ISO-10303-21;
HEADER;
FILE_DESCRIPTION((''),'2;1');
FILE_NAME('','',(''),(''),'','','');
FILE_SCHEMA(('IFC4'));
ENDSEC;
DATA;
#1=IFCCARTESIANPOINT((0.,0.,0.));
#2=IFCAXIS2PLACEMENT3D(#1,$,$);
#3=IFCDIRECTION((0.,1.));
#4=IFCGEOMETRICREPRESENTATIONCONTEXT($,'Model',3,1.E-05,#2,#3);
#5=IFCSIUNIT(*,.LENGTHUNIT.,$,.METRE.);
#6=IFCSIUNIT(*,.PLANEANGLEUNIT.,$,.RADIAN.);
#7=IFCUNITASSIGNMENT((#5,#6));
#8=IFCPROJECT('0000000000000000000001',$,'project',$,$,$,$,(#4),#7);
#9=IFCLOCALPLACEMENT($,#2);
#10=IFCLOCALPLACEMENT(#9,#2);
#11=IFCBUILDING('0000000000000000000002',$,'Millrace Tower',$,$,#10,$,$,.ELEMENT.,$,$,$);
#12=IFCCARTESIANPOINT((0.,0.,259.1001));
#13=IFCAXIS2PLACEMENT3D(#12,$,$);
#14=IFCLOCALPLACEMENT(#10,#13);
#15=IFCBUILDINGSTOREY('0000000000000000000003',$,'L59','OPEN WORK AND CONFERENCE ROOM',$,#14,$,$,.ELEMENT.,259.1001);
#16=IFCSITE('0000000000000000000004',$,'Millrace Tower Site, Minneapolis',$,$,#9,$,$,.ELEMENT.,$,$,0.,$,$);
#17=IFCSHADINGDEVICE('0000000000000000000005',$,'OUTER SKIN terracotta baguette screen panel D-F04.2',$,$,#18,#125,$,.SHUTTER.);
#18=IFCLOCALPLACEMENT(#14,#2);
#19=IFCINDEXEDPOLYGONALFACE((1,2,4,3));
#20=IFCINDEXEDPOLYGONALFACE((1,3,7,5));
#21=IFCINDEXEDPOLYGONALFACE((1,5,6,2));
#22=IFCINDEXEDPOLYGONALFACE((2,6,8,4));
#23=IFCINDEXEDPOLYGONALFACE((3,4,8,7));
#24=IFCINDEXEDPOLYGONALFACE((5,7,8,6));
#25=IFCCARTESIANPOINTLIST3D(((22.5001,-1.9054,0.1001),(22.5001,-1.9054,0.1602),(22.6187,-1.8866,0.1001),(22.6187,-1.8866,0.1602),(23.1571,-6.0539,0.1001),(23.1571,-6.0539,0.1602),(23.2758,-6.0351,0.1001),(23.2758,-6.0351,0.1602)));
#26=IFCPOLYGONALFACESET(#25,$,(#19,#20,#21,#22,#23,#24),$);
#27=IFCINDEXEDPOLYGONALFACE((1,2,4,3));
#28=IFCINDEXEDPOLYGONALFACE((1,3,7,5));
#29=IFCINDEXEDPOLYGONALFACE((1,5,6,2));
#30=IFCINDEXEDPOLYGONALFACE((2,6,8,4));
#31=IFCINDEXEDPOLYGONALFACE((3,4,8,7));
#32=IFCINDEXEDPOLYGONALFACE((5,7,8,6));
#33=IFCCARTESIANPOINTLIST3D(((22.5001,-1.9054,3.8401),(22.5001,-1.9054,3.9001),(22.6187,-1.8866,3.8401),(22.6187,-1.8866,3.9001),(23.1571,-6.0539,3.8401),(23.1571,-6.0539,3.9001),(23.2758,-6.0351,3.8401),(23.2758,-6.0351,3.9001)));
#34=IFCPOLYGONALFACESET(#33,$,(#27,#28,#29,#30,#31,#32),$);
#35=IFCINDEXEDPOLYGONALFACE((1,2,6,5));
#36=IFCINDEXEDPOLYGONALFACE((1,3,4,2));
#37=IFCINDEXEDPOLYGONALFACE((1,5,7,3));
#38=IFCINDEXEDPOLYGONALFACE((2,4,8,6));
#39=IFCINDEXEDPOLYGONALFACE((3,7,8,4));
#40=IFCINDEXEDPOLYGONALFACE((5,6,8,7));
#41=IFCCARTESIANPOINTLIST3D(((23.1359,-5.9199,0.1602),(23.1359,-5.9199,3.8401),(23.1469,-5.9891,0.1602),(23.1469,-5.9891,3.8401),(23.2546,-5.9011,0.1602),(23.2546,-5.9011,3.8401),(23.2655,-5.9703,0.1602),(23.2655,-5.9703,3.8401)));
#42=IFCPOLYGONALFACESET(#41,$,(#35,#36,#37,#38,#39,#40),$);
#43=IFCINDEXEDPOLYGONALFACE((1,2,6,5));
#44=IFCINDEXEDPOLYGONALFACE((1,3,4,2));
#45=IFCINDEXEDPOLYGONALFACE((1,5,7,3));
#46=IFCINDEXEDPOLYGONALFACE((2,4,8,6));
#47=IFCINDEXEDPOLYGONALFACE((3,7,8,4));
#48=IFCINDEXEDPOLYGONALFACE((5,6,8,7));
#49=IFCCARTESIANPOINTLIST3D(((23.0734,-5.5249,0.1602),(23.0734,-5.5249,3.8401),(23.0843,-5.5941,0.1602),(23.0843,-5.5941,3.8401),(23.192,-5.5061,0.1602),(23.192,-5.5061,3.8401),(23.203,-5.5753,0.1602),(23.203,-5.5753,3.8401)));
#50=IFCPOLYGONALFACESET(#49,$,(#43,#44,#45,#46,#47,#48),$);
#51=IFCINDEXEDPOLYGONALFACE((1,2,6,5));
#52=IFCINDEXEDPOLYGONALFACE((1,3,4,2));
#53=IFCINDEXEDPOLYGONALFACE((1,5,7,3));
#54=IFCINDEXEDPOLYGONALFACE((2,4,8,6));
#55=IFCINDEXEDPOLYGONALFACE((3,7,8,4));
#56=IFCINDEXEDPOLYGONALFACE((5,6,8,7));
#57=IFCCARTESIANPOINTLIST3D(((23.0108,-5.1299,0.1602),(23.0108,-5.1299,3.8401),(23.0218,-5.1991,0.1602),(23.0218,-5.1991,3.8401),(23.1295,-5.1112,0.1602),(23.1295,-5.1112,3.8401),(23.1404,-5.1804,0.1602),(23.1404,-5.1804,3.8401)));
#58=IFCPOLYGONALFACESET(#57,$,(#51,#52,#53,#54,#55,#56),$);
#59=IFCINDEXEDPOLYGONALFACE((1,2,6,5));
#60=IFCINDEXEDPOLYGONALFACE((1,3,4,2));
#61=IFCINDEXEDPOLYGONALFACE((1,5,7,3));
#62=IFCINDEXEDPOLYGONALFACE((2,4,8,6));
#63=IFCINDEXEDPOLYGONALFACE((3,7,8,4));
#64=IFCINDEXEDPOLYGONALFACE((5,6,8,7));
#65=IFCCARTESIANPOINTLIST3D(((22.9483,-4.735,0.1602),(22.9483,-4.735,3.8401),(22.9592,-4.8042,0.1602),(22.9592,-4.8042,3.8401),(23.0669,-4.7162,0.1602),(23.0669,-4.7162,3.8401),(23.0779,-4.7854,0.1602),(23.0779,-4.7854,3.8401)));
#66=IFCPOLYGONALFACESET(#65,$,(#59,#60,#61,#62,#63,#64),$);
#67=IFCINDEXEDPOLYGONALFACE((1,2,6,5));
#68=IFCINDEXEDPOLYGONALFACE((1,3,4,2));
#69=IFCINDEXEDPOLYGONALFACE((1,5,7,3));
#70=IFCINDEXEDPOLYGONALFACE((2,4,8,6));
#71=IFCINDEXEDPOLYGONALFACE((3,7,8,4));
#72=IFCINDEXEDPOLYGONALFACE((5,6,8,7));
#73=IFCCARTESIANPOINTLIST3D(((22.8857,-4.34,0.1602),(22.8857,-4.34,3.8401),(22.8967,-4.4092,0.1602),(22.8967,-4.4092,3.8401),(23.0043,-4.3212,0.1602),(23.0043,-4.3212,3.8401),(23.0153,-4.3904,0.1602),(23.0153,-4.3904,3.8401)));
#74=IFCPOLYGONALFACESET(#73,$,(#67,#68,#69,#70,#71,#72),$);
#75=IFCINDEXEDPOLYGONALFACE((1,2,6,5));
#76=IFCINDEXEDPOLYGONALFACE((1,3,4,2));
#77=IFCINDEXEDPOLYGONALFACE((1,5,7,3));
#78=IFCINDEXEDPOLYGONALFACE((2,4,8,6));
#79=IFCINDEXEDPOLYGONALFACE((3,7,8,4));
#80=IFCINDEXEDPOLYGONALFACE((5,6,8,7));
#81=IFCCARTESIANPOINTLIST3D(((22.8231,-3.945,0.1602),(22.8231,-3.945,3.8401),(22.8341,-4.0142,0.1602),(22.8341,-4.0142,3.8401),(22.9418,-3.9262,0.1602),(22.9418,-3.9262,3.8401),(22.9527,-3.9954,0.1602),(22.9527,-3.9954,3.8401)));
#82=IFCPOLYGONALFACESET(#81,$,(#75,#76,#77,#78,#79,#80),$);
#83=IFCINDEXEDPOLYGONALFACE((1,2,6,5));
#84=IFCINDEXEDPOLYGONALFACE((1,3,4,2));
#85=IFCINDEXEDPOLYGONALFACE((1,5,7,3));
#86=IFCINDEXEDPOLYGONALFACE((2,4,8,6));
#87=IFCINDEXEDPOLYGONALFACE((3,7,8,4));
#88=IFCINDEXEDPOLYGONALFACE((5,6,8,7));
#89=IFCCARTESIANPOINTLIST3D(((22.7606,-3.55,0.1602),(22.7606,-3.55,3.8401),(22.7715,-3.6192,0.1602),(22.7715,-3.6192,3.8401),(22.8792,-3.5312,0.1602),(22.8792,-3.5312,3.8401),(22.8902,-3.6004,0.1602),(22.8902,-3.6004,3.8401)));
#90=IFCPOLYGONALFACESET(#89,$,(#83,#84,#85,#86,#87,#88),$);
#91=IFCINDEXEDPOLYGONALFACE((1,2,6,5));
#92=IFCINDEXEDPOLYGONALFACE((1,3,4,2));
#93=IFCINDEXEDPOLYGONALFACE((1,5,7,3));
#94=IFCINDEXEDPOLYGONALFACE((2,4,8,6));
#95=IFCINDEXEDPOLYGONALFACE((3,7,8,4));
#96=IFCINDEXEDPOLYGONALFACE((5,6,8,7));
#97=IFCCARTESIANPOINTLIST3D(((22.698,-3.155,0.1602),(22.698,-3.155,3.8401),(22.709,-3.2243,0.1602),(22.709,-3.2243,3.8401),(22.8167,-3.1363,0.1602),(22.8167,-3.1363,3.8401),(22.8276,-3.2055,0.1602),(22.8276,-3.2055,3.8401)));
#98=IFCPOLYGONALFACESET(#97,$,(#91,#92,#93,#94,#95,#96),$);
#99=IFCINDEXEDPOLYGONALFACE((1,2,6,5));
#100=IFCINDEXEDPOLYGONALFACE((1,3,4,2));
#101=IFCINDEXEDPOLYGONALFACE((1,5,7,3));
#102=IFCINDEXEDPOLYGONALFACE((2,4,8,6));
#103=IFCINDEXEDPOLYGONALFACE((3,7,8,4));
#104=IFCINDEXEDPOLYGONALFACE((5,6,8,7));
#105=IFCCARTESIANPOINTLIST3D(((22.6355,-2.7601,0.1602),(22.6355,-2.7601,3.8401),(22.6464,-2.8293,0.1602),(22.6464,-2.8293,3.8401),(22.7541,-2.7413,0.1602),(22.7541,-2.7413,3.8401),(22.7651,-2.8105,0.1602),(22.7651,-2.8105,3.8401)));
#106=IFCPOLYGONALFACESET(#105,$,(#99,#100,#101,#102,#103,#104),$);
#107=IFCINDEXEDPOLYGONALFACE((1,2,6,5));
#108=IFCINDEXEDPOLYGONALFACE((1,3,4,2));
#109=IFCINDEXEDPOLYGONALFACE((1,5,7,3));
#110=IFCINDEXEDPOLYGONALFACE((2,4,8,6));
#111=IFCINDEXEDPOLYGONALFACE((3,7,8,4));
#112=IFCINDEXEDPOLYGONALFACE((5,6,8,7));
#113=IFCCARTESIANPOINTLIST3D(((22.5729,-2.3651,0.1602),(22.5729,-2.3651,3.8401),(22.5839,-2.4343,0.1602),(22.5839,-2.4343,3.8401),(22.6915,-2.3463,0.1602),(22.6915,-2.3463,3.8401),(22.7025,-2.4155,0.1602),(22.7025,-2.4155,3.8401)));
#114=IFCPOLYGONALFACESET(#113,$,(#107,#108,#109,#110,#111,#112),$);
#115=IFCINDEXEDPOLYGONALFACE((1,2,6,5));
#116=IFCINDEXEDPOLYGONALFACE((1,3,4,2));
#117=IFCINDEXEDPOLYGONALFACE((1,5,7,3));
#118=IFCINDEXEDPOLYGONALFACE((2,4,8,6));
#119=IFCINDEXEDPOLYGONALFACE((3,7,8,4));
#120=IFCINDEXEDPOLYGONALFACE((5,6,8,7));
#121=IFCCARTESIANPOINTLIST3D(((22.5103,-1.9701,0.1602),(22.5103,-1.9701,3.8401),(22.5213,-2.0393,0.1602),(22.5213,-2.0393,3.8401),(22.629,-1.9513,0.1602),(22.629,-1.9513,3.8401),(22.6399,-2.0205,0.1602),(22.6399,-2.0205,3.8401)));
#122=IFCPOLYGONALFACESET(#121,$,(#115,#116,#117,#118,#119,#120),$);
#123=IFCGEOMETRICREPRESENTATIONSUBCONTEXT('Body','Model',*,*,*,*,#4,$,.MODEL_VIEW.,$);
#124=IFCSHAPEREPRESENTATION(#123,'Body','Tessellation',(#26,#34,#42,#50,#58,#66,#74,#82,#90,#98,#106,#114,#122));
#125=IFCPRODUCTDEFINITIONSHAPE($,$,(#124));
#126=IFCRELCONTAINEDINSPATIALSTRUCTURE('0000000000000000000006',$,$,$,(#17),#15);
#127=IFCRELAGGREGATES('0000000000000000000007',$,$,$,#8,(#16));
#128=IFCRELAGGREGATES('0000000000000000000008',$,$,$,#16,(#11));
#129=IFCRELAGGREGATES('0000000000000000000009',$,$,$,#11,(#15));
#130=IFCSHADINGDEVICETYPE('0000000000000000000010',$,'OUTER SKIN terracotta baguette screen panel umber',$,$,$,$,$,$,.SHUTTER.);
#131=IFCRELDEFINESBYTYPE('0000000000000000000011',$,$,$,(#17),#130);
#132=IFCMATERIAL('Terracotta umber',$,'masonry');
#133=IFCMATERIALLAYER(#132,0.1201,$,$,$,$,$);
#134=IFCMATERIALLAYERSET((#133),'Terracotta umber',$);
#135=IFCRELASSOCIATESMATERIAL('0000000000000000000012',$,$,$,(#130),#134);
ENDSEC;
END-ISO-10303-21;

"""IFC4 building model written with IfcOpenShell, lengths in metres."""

from ifc_helpers import new_model, entity, si_unit, direction, frame, frame_2d, origin, origin_2d, place, context, subcontext, project, spatial, rectangle, extrude, source, transform, mapped, material, layer, layer_set, type_object, element, save


model = new_model("IFC4")

# Units and contexts
model_context = context("Model", 3, precision=1e-05, world=origin(), true_north=direction((0.0, 1.0)))
body_context = subcontext(model_context, "Body", "Model", "MODEL_VIEW")
ifc_project = project(units=[si_unit("LENGTHUNIT", "METRE"), si_unit("PLANEANGLEUNIT", "RADIAN")], contexts=[model_context])

# Site, building, storey
site_placement = place(None, origin())
site = spatial("IfcSite", under=ifc_project, at=site_placement, Name="Millrace Tower Site, Minneapolis", CompositionType="ELEMENT", RefElevation=0.0)
building_placement = place(site_placement, origin())
building = spatial("IfcBuilding", under=site, at=building_placement, Name="Millrace Tower", CompositionType="ELEMENT")
storey_placement = place(building_placement, frame((0.0, 0.0, 259.1001)))
storey = spatial("IfcBuildingStorey", under=building, at=storey_placement, Name="L59", Description="OPEN WORK AND CONFERENCE ROOM", CompositionType="ELEMENT", Elevation=259.1001)

# Shading device
ifc_material_1 = material(Name="Terracotta umber", Category="masonry")
ifc_layer_1 = layer(ifc_material_1, 0.1201)
ifc_layer_set_1 = layer_set([ifc_layer_1], Name="Terracotta umber")
shading_device_type = type_object("IfcShadingDeviceType", Name="OUTER SKIN terracotta baguette screen panel umber", PredefinedType="SHUTTER", material=ifc_layer_set_1)
cartesian_point_1 = entity("IfcCartesianPoint", [-2.1001, 0.0601])
shared_polyline_1 = entity("IfcPolyline", [cartesian_point_1, entity("IfcCartesianPoint", [2.1001, 0.0601]), entity("IfcCartesianPoint", [2.1001, -0.0601]), entity("IfcCartesianPoint", [-2.1001, -0.0601]), cartesian_point_1])
shared_shape_1 = source(origin(), body_context, "Body", "SweptSolid", [
    entity("IfcExtrudedAreaSolid", entity("IfcArbitraryClosedProfileDef", "AREA", None, shared_polyline_1), entity("IfcAxis2Placement3D", entity("IfcCartesianPoint", [0.0, 0.0, 0.0])), entity("IfcDirection", [0.0, 0.0, 1.0]), 0.0601),
    entity("IfcExtrudedAreaSolid", entity("IfcArbitraryClosedProfileDef", "AREA", None, shared_polyline_1), entity("IfcAxis2Placement3D", entity("IfcCartesianPoint", [0.0, 0.0, 3.74])), entity("IfcDirection", [0.0, 0.0, 1.0]), 0.0601),
    extrude(rectangle(XDim=0.0701, YDim=0.1201, at=frame_2d((-1.9995, 0.0))), frame((0.0, 0.0, 0.0601)), (0.0, 0.0, 1.0), 3.6799),
    extrude(rectangle(XDim=0.0701, YDim=0.1201, at=frame_2d((-1.5996, 0.0))), frame((0.0, 0.0, 0.0601)), (0.0, 0.0, 1.0), 3.6799),
    extrude(rectangle(XDim=0.0701, YDim=0.1201, at=frame_2d((-1.1997, 0.0))), frame((0.0, 0.0, 0.0601)), (0.0, 0.0, 1.0), 3.6799),
    extrude(rectangle(XDim=0.0701, YDim=0.1201, at=frame_2d((-0.7998, 0.0))), frame((0.0, 0.0, 0.0601)), (0.0, 0.0, 1.0), 3.6799),
    extrude(rectangle(XDim=0.0701, YDim=0.1201, at=frame_2d((-0.3999, 0.0))), frame((0.0, 0.0, 0.0601)), (0.0, 0.0, 1.0), 3.6799),
    extrude(rectangle(XDim=0.0701, YDim=0.1201, at=origin_2d()), frame((0.0, 0.0, 0.0601)), (0.0, 0.0, 1.0), 3.6799),
    extrude(rectangle(XDim=0.0701, YDim=0.1201, at=frame_2d((0.3999, 0.0))), frame((0.0, 0.0, 0.0601)), (0.0, 0.0, 1.0), 3.6799),
    extrude(rectangle(XDim=0.0701, YDim=0.1201, at=frame_2d((0.7998, 0.0))), frame((0.0, 0.0, 0.0601)), (0.0, 0.0, 1.0), 3.6799),
    extrude(rectangle(XDim=0.0701, YDim=0.1201, at=frame_2d((1.1997, 0.0))), frame((0.0, 0.0, 0.0601)), (0.0, 0.0, 1.0), 3.6799),
    extrude(rectangle(XDim=0.0701, YDim=0.1201, at=frame_2d((1.5996, 0.0))), frame((0.0, 0.0, 0.0601)), (0.0, 0.0, 1.0), 3.6799),
    extrude(rectangle(XDim=0.0701, YDim=0.1201, at=frame_2d((1.9995, 0.0))), frame((0.0, 0.0, 0.0601)), (0.0, 0.0, 1.0), 3.6799),
])
shading_device_1_placement = place(storey_placement, frame((22.8879, -3.9702, 0.1001), z_axis=(0.0, 0.0, 1.0), x_axis=(-0.156434, 0.987688, 0.0)))
element("IfcShadingDevice", 1, at=shading_device_1_placement, inside=storey, type_object=shading_device_type, Name="OUTER SKIN terracotta baguette screen panel D-F04.2", PredefinedType="SHUTTER", context=body_context, shape_type="MappedRepresentation", body=[
    mapped(shared_shape_1, transform((0.0, 0.0, 0.0), scale=1.0)),
])

save(model, "model.ifc")
